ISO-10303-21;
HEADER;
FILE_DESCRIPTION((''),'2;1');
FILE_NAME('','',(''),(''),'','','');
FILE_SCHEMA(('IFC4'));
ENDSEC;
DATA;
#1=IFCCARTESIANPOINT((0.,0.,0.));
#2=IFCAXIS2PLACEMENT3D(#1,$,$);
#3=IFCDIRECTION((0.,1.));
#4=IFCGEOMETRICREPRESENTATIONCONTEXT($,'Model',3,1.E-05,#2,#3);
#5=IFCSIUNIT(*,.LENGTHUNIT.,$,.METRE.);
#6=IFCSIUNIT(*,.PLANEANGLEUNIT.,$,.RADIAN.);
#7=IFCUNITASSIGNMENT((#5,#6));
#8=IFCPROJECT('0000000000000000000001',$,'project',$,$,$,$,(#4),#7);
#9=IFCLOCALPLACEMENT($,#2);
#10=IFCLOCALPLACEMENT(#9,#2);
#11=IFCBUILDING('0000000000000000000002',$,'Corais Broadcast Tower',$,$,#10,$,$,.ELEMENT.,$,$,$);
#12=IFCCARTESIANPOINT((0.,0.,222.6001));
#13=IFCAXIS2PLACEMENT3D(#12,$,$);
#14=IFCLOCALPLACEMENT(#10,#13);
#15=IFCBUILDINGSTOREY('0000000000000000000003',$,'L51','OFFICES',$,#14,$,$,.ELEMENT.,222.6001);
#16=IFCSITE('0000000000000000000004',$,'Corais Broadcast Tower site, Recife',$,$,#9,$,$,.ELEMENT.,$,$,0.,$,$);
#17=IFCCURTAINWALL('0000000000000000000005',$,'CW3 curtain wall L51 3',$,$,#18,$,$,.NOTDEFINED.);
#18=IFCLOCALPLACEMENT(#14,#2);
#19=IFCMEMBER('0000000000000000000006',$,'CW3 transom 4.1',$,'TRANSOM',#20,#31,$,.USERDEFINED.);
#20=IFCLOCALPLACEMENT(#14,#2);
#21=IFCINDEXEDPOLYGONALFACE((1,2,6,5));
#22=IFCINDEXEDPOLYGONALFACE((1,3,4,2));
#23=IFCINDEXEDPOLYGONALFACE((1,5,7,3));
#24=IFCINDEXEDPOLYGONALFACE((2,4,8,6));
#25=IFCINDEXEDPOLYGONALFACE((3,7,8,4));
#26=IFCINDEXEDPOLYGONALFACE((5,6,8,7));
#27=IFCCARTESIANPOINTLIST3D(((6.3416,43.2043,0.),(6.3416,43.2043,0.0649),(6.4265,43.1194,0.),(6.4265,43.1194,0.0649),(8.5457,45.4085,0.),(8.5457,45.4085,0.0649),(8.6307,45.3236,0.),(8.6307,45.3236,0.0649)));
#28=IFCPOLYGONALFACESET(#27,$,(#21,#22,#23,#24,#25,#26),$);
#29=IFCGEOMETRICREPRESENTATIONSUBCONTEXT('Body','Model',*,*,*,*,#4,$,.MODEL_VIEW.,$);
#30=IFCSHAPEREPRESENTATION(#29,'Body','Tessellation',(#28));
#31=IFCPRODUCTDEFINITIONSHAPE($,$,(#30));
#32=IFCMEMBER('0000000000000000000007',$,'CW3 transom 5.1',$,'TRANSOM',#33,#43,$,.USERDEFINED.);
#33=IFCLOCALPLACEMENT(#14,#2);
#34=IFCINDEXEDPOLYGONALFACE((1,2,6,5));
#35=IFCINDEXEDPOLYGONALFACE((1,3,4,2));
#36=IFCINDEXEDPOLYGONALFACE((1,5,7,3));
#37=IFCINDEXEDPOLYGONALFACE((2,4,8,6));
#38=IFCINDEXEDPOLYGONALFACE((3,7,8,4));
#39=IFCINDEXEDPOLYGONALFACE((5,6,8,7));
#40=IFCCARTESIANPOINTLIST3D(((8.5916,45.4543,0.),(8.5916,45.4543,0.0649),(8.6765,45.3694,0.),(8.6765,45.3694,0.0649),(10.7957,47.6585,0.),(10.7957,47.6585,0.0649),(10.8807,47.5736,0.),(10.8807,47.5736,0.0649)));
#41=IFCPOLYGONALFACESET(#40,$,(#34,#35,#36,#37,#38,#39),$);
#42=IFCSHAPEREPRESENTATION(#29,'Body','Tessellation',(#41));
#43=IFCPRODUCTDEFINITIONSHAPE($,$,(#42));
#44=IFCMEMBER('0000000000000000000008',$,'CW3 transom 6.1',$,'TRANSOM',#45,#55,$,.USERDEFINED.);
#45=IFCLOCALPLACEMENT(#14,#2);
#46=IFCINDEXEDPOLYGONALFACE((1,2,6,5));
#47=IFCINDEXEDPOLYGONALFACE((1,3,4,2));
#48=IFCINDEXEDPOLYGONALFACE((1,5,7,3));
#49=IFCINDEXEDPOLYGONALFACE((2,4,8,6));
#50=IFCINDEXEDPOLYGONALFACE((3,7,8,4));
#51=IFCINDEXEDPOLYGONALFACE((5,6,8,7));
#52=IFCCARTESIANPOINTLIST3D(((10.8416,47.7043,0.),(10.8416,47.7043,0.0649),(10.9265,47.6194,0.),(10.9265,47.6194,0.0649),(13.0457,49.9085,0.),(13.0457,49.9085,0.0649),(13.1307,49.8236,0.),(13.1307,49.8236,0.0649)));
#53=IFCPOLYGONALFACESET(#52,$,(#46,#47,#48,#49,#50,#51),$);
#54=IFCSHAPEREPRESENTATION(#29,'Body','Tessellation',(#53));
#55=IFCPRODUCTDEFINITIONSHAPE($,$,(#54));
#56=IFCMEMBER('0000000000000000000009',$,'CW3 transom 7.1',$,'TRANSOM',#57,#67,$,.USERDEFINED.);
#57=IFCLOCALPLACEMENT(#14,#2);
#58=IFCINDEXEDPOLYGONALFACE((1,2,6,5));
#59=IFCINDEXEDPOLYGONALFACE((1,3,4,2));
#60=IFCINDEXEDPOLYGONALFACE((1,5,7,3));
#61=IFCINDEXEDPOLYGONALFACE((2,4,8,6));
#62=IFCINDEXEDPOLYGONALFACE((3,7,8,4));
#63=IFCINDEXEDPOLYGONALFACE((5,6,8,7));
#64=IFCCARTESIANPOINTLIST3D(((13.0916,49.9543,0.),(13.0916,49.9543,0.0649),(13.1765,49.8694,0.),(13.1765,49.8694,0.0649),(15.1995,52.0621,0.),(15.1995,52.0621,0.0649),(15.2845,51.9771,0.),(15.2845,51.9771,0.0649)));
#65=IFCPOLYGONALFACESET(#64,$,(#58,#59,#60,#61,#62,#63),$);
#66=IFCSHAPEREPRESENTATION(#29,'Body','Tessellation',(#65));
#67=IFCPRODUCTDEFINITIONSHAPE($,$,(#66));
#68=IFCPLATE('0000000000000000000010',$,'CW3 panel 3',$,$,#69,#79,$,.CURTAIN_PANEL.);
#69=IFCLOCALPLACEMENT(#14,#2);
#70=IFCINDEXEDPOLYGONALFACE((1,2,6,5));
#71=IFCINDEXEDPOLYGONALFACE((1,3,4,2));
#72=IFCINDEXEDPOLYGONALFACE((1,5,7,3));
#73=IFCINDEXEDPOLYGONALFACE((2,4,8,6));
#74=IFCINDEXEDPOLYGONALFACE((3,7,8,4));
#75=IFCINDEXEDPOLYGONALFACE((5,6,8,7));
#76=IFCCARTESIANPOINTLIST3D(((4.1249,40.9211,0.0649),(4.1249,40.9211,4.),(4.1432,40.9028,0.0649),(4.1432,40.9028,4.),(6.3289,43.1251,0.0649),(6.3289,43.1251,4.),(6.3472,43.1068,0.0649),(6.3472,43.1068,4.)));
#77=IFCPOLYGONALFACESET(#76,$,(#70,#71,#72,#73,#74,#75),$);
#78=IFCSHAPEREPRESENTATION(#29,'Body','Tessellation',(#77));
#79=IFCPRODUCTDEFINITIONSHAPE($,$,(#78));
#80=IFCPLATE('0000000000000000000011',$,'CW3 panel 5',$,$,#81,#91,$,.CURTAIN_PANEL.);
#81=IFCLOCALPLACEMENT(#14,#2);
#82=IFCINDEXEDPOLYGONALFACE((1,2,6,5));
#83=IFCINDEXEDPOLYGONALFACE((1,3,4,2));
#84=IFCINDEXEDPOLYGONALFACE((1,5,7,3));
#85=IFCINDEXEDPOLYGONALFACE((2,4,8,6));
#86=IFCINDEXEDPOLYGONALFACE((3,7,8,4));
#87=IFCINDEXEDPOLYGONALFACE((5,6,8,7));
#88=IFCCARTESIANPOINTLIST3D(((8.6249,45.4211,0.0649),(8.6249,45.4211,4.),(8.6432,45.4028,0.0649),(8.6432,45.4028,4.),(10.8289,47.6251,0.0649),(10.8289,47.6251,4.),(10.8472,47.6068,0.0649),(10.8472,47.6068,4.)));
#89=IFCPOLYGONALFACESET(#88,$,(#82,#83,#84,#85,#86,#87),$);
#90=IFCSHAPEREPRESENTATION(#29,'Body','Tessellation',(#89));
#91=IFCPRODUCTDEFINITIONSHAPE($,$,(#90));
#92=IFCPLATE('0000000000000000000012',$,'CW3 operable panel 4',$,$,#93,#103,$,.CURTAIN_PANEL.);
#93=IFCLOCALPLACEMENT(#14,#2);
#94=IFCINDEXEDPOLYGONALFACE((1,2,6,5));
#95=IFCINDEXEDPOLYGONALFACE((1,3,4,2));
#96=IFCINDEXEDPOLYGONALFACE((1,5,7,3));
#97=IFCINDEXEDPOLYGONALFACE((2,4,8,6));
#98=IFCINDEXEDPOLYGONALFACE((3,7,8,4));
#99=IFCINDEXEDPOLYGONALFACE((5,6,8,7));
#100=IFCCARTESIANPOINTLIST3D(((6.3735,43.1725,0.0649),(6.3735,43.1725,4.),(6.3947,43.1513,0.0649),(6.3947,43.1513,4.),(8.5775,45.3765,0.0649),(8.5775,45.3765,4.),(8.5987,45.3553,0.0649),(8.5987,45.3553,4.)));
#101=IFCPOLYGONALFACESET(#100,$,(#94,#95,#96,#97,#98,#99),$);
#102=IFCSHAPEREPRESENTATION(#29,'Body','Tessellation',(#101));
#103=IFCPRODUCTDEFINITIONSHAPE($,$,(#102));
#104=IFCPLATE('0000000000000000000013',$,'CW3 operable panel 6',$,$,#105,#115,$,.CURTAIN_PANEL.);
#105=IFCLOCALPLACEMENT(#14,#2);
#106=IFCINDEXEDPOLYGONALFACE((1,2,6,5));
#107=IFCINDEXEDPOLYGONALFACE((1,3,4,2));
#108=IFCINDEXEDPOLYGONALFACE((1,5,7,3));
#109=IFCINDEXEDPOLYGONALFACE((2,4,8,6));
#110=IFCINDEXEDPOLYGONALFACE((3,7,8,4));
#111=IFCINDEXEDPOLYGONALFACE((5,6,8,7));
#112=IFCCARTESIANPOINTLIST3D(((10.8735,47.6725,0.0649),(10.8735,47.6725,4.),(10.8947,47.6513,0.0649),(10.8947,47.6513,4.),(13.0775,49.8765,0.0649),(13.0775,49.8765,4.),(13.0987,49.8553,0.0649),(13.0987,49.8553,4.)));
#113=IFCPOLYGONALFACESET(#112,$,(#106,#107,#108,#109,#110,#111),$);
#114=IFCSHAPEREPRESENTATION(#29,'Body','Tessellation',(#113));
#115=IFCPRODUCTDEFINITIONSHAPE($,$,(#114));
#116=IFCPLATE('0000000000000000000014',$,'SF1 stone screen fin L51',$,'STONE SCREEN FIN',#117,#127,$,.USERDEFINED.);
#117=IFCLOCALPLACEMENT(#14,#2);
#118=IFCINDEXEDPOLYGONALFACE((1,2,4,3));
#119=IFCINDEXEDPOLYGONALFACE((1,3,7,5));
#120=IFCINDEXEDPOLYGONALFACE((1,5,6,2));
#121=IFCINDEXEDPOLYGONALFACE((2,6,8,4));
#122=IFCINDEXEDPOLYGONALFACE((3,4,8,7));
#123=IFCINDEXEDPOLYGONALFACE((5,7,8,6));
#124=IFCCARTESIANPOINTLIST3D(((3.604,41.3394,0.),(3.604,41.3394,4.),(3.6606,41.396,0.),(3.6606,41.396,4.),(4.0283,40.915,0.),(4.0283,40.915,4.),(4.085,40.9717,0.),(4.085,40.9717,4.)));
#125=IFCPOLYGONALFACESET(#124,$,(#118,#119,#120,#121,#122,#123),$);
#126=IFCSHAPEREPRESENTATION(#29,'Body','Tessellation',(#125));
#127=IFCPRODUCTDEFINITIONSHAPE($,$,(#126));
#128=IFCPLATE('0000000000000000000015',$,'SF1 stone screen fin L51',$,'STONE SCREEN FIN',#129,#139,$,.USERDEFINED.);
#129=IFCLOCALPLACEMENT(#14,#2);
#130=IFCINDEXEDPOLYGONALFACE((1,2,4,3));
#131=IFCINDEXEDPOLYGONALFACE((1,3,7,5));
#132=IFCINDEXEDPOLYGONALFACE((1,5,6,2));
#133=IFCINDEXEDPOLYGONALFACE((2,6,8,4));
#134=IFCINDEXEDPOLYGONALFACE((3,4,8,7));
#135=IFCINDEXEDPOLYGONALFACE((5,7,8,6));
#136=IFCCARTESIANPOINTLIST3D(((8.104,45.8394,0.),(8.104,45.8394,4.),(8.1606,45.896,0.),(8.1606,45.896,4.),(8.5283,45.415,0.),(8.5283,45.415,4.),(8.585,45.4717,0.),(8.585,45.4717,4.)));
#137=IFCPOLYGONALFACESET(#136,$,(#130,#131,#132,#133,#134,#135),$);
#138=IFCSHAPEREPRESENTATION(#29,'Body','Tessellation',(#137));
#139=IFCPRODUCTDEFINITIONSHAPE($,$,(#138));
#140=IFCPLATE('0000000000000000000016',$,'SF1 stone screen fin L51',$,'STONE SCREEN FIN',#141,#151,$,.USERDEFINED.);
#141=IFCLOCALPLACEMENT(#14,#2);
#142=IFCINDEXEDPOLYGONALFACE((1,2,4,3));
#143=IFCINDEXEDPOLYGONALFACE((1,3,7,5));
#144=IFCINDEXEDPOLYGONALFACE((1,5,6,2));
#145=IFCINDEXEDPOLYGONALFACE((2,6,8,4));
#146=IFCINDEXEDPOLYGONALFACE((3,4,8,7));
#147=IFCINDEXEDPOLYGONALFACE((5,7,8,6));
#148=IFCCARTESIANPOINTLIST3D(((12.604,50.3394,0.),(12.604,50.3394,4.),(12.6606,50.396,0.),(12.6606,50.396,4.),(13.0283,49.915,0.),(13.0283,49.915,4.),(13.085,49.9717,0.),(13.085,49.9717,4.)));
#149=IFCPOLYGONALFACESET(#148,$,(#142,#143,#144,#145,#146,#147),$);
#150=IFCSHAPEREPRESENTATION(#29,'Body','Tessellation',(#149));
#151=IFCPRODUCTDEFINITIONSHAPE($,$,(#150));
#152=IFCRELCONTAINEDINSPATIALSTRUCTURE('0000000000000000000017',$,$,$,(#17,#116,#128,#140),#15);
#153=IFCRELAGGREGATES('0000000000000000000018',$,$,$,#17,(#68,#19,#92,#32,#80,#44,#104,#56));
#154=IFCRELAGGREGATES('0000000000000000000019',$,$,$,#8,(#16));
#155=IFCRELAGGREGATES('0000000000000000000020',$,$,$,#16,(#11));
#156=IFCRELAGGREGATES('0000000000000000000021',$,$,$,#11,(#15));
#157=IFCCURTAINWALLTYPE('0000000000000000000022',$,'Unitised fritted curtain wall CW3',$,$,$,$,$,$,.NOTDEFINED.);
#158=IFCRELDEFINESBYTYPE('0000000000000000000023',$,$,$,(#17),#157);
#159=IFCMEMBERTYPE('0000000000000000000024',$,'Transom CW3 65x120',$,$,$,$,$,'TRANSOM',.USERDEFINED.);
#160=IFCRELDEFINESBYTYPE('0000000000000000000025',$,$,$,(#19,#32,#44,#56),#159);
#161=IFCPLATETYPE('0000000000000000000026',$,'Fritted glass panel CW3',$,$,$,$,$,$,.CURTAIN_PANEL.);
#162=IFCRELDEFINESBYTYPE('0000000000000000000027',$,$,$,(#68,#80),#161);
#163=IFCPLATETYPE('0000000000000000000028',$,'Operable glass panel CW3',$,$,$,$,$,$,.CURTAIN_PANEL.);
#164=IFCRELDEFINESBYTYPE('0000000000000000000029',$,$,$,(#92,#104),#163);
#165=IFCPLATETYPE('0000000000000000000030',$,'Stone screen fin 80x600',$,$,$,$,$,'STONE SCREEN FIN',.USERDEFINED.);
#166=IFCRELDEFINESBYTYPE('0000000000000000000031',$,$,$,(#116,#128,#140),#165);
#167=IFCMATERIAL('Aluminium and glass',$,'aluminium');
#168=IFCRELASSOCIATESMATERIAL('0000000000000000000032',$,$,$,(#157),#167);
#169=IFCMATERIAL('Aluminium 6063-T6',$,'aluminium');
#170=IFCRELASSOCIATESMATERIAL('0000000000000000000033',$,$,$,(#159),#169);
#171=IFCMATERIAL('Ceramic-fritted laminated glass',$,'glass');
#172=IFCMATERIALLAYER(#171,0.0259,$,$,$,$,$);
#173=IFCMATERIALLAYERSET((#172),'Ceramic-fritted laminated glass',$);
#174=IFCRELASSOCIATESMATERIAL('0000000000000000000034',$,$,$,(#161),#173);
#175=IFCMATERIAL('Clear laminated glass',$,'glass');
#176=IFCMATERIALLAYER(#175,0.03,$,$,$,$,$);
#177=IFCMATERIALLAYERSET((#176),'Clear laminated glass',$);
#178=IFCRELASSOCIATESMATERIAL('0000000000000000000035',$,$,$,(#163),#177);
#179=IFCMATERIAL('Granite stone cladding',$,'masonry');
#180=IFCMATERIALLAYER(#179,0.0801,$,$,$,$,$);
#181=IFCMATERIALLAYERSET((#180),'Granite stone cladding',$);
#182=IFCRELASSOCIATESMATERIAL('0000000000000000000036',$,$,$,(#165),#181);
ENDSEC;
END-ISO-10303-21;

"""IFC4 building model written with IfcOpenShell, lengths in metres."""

from ifc_helpers import new_model, si_unit, direction, frame, origin, origin_2d, place, context, subcontext, project, spatial, rectangle, extrude, material, layer, layer_set, material_profile, profile_set, type_object, element, aggregate, save


model = new_model("IFC4")

# Units and contexts
model_context = context("Model", 3, precision=1e-05, world=origin(), true_north=direction((0.0, 1.0)))
body_context = subcontext(model_context, "Body", "Model", "MODEL_VIEW")
ifc_project = project(units=[si_unit("LENGTHUNIT", "METRE"), si_unit("PLANEANGLEUNIT", "RADIAN")], contexts=[model_context])

# Site, building, storey
site_placement = place(None, origin())
site = spatial("IfcSite", under=ifc_project, at=site_placement, Name="Corais Broadcast Tower site, Recife", CompositionType="ELEMENT", RefElevation=0.0)
building_placement = place(site_placement, origin())
building = spatial("IfcBuilding", under=site, at=building_placement, Name="Corais Broadcast Tower", CompositionType="ELEMENT")
storey_placement = place(building_placement, frame((0.0, 0.0, 222.6001)))
storey = spatial("IfcBuildingStorey", under=building, at=storey_placement, Name="L51", Description="OFFICES", CompositionType="ELEMENT", Elevation=222.6001)

# Curtain wall
ifc_material_1 = material(Name="Aluminium and glass", Category="aluminium")
curtain_wall_type = type_object("IfcCurtainWallType", Name="Unitised fritted curtain wall CW3", PredefinedType="NOTDEFINED", material=ifc_material_1)
curtain_wall_placement = place(storey_placement, origin())
curtain_wall = element("IfcCurtainWall", 1, at=curtain_wall_placement, inside=storey, type_object=curtain_wall_type, Name="CW3 curtain wall L51 3", PredefinedType="NOTDEFINED")

# Members
ifc_material_2 = material(Name="Aluminium 6063-T6", Category="aluminium")
ifc_material_profile_1 = material_profile(ifc_material_2, rectangle(XDim=0.1201, YDim=0.0649, at=origin_2d()), Name="Transom CW3 65x120")
ifc_profile_set_1 = profile_set([ifc_material_profile_1], Name="Aluminium 6063-T6")
member_type_1 = type_object("IfcMemberType", Name="Transom CW3 65x120", ElementType="TRANSOM", PredefinedType="USERDEFINED", material=ifc_profile_set_1)
member_1_placement = place(storey_placement, frame((6.384, 43.1619, 0.0325), z_axis=(0.707107, 0.707107, 0.0), x_axis=(-0.707107, 0.707107, 0.0)))
member_1 = element("IfcMember", 2, at=member_1_placement, type_object=member_type_1, Name="CW3 transom 4.1", ObjectType="TRANSOM", PredefinedType="USERDEFINED", context=body_context, shape_type="SweptSolid", body=[
    extrude(rectangle(XDim=0.1201, YDim=0.0649, at=origin_2d()), origin(), (0.0, 0.0, 1.0), 3.1172),
])
member_2_placement = place(storey_placement, frame((8.634, 45.4119, 0.0325), z_axis=(0.707107, 0.707107, 0.0), x_axis=(-0.707107, 0.707107, 0.0)))
member_2 = element("IfcMember", 3, at=member_2_placement, type_object=member_type_1, Name="CW3 transom 5.1", ObjectType="TRANSOM", PredefinedType="USERDEFINED", context=body_context, shape_type="SweptSolid", body=[
    extrude(rectangle(XDim=0.1201, YDim=0.0649, at=origin_2d()), origin(), (0.0, 0.0, 1.0), 3.1172),
])
member_3_placement = place(storey_placement, frame((10.884, 47.6619, 0.0325), z_axis=(0.707107, 0.707107, 0.0), x_axis=(-0.707107, 0.707107, 0.0)))
member_3 = element("IfcMember", 4, at=member_3_placement, type_object=member_type_1, Name="CW3 transom 6.1", ObjectType="TRANSOM", PredefinedType="USERDEFINED", context=body_context, shape_type="SweptSolid", body=[
    extrude(rectangle(XDim=0.1201, YDim=0.0649, at=origin_2d()), origin(), (0.0, 0.0, 1.0), 3.1172),
])
member_4_placement = place(storey_placement, frame((13.134, 49.9119, 0.0325), z_axis=(0.707148, 0.707066, 0.0), x_axis=(-0.707066, 0.707148, 0.0)))
member_4 = element("IfcMember", 5, at=member_4_placement, type_object=member_type_1, Name="CW3 transom 7.1", ObjectType="TRANSOM", PredefinedType="USERDEFINED", context=body_context, shape_type="SweptSolid", body=[
    extrude(rectangle(XDim=0.1201, YDim=0.0649, at=origin_2d()), origin(), (0.0, 0.0, 1.0), 2.981),
])

# Plates
ifc_material_3 = material(Name="Ceramic-fritted laminated glass", Category="glass")
ifc_layer_1 = layer(ifc_material_3, 0.0259)
ifc_layer_set_1 = layer_set([ifc_layer_1], Name="Ceramic-fritted laminated glass")
plate_type_1 = type_object("IfcPlateType", Name="Fritted glass panel CW3", PredefinedType="CURTAIN_PANEL", material=ifc_layer_set_1)
plate_1_placement = place(storey_placement, frame((5.2361, 42.0139, 0.0649), z_axis=(0.0, 0.0, 1.0), x_axis=(0.707107, 0.707107, 0.0)))
plate_1 = element("IfcPlate", 6, at=plate_1_placement, type_object=plate_type_1, Name="CW3 panel 3", PredefinedType="CURTAIN_PANEL", context=body_context, shape_type="SweptSolid", body=[
    extrude(rectangle(XDim=3.1169, YDim=0.0259, at=origin_2d()), origin(), (0.0, 0.0, 1.0), 3.9351),
])
plate_2_placement = place(storey_placement, frame((9.7361, 46.5139, 0.0649), z_axis=(0.0, 0.0, 1.0), x_axis=(0.707107, 0.707107, 0.0)))
plate_2 = element("IfcPlate", 7, at=plate_2_placement, type_object=plate_type_1, Name="CW3 panel 5", PredefinedType="CURTAIN_PANEL", context=body_context, shape_type="SweptSolid", body=[
    extrude(rectangle(XDim=3.1169, YDim=0.0259, at=origin_2d()), origin(), (0.0, 0.0, 1.0), 3.9351),
])
ifc_material_4 = material(Name="Clear laminated glass", Category="glass")
ifc_layer_2 = layer(ifc_material_4, 0.03)
ifc_layer_set_2 = layer_set([ifc_layer_2], Name="Clear laminated glass")
plate_type_2 = type_object("IfcPlateType", Name="Operable glass panel CW3", PredefinedType="CURTAIN_PANEL", material=ifc_layer_set_2)
plate_3_placement = place(storey_placement, frame((7.4861, 44.2639, 0.0649), z_axis=(0.0, 0.0, 1.0), x_axis=(0.707107, 0.707107, 0.0)))
plate_3 = element("IfcPlate", 8, at=plate_3_placement, type_object=plate_type_2, Name="CW3 operable panel 4", PredefinedType="CURTAIN_PANEL", context=body_context, shape_type="SweptSolid", body=[
    extrude(rectangle(XDim=3.1169, YDim=0.03, at=origin_2d()), origin(), (0.0, 0.0, 1.0), 3.9351),
])
plate_4_placement = place(storey_placement, frame((11.9861, 48.7639, 0.0649), z_axis=(0.0, 0.0, 1.0), x_axis=(0.707107, 0.707107, 0.0)))
plate_4 = element("IfcPlate", 9, at=plate_4_placement, type_object=plate_type_2, Name="CW3 operable panel 6", PredefinedType="CURTAIN_PANEL", context=body_context, shape_type="SweptSolid", body=[
    extrude(rectangle(XDim=3.1169, YDim=0.03, at=origin_2d()), origin(), (0.0, 0.0, 1.0), 3.9351),
])
aggregate(curtain_wall, [plate_1, member_1, plate_3, member_2, plate_2, member_3, plate_4, member_4])

# Plates
ifc_material_5 = material(Name="Granite stone cladding", Category="masonry")
ifc_layer_3 = layer(ifc_material_5, 0.0801)
ifc_layer_set_3 = layer_set([ifc_layer_3], Name="Granite stone cladding")
plate_type_3 = type_object("IfcPlateType", Name="Stone screen fin 80x600", ElementType="STONE SCREEN FIN", PredefinedType="USERDEFINED", material=ifc_layer_set_3)
for number, where, z_axis, x_axis, name in (
    (10, (3.8445, 41.1555, 0.0), (0.0, 0.0, 1.0), (0.707107, 0.707107, 0.0), "SF1 stone screen fin L51"),
    (11, (8.3445, 45.6555, 0.0), (0.0, 0.0, 1.0), (0.707107, 0.707107, 0.0), "SF1 stone screen fin L51"),
    (12, (12.8445, 50.1555, 0.0), (0.0, 0.0, 1.0), (0.707107, 0.707107, 0.0), "SF1 stone screen fin L51"),
):
    element("IfcPlate", number, at=place(storey_placement, frame(where, z_axis=z_axis, x_axis=x_axis)), inside=storey, type_object=plate_type_3, Name=name, ObjectType="STONE SCREEN FIN", PredefinedType="USERDEFINED", context=body_context, shape_type="SweptSolid", body=[
        extrude(rectangle(XDim=0.0801, YDim=0.6001, at=origin_2d()), origin(), (0.0, 0.0, 1.0), 4.0),
    ])

save(model, "model.ifc")
